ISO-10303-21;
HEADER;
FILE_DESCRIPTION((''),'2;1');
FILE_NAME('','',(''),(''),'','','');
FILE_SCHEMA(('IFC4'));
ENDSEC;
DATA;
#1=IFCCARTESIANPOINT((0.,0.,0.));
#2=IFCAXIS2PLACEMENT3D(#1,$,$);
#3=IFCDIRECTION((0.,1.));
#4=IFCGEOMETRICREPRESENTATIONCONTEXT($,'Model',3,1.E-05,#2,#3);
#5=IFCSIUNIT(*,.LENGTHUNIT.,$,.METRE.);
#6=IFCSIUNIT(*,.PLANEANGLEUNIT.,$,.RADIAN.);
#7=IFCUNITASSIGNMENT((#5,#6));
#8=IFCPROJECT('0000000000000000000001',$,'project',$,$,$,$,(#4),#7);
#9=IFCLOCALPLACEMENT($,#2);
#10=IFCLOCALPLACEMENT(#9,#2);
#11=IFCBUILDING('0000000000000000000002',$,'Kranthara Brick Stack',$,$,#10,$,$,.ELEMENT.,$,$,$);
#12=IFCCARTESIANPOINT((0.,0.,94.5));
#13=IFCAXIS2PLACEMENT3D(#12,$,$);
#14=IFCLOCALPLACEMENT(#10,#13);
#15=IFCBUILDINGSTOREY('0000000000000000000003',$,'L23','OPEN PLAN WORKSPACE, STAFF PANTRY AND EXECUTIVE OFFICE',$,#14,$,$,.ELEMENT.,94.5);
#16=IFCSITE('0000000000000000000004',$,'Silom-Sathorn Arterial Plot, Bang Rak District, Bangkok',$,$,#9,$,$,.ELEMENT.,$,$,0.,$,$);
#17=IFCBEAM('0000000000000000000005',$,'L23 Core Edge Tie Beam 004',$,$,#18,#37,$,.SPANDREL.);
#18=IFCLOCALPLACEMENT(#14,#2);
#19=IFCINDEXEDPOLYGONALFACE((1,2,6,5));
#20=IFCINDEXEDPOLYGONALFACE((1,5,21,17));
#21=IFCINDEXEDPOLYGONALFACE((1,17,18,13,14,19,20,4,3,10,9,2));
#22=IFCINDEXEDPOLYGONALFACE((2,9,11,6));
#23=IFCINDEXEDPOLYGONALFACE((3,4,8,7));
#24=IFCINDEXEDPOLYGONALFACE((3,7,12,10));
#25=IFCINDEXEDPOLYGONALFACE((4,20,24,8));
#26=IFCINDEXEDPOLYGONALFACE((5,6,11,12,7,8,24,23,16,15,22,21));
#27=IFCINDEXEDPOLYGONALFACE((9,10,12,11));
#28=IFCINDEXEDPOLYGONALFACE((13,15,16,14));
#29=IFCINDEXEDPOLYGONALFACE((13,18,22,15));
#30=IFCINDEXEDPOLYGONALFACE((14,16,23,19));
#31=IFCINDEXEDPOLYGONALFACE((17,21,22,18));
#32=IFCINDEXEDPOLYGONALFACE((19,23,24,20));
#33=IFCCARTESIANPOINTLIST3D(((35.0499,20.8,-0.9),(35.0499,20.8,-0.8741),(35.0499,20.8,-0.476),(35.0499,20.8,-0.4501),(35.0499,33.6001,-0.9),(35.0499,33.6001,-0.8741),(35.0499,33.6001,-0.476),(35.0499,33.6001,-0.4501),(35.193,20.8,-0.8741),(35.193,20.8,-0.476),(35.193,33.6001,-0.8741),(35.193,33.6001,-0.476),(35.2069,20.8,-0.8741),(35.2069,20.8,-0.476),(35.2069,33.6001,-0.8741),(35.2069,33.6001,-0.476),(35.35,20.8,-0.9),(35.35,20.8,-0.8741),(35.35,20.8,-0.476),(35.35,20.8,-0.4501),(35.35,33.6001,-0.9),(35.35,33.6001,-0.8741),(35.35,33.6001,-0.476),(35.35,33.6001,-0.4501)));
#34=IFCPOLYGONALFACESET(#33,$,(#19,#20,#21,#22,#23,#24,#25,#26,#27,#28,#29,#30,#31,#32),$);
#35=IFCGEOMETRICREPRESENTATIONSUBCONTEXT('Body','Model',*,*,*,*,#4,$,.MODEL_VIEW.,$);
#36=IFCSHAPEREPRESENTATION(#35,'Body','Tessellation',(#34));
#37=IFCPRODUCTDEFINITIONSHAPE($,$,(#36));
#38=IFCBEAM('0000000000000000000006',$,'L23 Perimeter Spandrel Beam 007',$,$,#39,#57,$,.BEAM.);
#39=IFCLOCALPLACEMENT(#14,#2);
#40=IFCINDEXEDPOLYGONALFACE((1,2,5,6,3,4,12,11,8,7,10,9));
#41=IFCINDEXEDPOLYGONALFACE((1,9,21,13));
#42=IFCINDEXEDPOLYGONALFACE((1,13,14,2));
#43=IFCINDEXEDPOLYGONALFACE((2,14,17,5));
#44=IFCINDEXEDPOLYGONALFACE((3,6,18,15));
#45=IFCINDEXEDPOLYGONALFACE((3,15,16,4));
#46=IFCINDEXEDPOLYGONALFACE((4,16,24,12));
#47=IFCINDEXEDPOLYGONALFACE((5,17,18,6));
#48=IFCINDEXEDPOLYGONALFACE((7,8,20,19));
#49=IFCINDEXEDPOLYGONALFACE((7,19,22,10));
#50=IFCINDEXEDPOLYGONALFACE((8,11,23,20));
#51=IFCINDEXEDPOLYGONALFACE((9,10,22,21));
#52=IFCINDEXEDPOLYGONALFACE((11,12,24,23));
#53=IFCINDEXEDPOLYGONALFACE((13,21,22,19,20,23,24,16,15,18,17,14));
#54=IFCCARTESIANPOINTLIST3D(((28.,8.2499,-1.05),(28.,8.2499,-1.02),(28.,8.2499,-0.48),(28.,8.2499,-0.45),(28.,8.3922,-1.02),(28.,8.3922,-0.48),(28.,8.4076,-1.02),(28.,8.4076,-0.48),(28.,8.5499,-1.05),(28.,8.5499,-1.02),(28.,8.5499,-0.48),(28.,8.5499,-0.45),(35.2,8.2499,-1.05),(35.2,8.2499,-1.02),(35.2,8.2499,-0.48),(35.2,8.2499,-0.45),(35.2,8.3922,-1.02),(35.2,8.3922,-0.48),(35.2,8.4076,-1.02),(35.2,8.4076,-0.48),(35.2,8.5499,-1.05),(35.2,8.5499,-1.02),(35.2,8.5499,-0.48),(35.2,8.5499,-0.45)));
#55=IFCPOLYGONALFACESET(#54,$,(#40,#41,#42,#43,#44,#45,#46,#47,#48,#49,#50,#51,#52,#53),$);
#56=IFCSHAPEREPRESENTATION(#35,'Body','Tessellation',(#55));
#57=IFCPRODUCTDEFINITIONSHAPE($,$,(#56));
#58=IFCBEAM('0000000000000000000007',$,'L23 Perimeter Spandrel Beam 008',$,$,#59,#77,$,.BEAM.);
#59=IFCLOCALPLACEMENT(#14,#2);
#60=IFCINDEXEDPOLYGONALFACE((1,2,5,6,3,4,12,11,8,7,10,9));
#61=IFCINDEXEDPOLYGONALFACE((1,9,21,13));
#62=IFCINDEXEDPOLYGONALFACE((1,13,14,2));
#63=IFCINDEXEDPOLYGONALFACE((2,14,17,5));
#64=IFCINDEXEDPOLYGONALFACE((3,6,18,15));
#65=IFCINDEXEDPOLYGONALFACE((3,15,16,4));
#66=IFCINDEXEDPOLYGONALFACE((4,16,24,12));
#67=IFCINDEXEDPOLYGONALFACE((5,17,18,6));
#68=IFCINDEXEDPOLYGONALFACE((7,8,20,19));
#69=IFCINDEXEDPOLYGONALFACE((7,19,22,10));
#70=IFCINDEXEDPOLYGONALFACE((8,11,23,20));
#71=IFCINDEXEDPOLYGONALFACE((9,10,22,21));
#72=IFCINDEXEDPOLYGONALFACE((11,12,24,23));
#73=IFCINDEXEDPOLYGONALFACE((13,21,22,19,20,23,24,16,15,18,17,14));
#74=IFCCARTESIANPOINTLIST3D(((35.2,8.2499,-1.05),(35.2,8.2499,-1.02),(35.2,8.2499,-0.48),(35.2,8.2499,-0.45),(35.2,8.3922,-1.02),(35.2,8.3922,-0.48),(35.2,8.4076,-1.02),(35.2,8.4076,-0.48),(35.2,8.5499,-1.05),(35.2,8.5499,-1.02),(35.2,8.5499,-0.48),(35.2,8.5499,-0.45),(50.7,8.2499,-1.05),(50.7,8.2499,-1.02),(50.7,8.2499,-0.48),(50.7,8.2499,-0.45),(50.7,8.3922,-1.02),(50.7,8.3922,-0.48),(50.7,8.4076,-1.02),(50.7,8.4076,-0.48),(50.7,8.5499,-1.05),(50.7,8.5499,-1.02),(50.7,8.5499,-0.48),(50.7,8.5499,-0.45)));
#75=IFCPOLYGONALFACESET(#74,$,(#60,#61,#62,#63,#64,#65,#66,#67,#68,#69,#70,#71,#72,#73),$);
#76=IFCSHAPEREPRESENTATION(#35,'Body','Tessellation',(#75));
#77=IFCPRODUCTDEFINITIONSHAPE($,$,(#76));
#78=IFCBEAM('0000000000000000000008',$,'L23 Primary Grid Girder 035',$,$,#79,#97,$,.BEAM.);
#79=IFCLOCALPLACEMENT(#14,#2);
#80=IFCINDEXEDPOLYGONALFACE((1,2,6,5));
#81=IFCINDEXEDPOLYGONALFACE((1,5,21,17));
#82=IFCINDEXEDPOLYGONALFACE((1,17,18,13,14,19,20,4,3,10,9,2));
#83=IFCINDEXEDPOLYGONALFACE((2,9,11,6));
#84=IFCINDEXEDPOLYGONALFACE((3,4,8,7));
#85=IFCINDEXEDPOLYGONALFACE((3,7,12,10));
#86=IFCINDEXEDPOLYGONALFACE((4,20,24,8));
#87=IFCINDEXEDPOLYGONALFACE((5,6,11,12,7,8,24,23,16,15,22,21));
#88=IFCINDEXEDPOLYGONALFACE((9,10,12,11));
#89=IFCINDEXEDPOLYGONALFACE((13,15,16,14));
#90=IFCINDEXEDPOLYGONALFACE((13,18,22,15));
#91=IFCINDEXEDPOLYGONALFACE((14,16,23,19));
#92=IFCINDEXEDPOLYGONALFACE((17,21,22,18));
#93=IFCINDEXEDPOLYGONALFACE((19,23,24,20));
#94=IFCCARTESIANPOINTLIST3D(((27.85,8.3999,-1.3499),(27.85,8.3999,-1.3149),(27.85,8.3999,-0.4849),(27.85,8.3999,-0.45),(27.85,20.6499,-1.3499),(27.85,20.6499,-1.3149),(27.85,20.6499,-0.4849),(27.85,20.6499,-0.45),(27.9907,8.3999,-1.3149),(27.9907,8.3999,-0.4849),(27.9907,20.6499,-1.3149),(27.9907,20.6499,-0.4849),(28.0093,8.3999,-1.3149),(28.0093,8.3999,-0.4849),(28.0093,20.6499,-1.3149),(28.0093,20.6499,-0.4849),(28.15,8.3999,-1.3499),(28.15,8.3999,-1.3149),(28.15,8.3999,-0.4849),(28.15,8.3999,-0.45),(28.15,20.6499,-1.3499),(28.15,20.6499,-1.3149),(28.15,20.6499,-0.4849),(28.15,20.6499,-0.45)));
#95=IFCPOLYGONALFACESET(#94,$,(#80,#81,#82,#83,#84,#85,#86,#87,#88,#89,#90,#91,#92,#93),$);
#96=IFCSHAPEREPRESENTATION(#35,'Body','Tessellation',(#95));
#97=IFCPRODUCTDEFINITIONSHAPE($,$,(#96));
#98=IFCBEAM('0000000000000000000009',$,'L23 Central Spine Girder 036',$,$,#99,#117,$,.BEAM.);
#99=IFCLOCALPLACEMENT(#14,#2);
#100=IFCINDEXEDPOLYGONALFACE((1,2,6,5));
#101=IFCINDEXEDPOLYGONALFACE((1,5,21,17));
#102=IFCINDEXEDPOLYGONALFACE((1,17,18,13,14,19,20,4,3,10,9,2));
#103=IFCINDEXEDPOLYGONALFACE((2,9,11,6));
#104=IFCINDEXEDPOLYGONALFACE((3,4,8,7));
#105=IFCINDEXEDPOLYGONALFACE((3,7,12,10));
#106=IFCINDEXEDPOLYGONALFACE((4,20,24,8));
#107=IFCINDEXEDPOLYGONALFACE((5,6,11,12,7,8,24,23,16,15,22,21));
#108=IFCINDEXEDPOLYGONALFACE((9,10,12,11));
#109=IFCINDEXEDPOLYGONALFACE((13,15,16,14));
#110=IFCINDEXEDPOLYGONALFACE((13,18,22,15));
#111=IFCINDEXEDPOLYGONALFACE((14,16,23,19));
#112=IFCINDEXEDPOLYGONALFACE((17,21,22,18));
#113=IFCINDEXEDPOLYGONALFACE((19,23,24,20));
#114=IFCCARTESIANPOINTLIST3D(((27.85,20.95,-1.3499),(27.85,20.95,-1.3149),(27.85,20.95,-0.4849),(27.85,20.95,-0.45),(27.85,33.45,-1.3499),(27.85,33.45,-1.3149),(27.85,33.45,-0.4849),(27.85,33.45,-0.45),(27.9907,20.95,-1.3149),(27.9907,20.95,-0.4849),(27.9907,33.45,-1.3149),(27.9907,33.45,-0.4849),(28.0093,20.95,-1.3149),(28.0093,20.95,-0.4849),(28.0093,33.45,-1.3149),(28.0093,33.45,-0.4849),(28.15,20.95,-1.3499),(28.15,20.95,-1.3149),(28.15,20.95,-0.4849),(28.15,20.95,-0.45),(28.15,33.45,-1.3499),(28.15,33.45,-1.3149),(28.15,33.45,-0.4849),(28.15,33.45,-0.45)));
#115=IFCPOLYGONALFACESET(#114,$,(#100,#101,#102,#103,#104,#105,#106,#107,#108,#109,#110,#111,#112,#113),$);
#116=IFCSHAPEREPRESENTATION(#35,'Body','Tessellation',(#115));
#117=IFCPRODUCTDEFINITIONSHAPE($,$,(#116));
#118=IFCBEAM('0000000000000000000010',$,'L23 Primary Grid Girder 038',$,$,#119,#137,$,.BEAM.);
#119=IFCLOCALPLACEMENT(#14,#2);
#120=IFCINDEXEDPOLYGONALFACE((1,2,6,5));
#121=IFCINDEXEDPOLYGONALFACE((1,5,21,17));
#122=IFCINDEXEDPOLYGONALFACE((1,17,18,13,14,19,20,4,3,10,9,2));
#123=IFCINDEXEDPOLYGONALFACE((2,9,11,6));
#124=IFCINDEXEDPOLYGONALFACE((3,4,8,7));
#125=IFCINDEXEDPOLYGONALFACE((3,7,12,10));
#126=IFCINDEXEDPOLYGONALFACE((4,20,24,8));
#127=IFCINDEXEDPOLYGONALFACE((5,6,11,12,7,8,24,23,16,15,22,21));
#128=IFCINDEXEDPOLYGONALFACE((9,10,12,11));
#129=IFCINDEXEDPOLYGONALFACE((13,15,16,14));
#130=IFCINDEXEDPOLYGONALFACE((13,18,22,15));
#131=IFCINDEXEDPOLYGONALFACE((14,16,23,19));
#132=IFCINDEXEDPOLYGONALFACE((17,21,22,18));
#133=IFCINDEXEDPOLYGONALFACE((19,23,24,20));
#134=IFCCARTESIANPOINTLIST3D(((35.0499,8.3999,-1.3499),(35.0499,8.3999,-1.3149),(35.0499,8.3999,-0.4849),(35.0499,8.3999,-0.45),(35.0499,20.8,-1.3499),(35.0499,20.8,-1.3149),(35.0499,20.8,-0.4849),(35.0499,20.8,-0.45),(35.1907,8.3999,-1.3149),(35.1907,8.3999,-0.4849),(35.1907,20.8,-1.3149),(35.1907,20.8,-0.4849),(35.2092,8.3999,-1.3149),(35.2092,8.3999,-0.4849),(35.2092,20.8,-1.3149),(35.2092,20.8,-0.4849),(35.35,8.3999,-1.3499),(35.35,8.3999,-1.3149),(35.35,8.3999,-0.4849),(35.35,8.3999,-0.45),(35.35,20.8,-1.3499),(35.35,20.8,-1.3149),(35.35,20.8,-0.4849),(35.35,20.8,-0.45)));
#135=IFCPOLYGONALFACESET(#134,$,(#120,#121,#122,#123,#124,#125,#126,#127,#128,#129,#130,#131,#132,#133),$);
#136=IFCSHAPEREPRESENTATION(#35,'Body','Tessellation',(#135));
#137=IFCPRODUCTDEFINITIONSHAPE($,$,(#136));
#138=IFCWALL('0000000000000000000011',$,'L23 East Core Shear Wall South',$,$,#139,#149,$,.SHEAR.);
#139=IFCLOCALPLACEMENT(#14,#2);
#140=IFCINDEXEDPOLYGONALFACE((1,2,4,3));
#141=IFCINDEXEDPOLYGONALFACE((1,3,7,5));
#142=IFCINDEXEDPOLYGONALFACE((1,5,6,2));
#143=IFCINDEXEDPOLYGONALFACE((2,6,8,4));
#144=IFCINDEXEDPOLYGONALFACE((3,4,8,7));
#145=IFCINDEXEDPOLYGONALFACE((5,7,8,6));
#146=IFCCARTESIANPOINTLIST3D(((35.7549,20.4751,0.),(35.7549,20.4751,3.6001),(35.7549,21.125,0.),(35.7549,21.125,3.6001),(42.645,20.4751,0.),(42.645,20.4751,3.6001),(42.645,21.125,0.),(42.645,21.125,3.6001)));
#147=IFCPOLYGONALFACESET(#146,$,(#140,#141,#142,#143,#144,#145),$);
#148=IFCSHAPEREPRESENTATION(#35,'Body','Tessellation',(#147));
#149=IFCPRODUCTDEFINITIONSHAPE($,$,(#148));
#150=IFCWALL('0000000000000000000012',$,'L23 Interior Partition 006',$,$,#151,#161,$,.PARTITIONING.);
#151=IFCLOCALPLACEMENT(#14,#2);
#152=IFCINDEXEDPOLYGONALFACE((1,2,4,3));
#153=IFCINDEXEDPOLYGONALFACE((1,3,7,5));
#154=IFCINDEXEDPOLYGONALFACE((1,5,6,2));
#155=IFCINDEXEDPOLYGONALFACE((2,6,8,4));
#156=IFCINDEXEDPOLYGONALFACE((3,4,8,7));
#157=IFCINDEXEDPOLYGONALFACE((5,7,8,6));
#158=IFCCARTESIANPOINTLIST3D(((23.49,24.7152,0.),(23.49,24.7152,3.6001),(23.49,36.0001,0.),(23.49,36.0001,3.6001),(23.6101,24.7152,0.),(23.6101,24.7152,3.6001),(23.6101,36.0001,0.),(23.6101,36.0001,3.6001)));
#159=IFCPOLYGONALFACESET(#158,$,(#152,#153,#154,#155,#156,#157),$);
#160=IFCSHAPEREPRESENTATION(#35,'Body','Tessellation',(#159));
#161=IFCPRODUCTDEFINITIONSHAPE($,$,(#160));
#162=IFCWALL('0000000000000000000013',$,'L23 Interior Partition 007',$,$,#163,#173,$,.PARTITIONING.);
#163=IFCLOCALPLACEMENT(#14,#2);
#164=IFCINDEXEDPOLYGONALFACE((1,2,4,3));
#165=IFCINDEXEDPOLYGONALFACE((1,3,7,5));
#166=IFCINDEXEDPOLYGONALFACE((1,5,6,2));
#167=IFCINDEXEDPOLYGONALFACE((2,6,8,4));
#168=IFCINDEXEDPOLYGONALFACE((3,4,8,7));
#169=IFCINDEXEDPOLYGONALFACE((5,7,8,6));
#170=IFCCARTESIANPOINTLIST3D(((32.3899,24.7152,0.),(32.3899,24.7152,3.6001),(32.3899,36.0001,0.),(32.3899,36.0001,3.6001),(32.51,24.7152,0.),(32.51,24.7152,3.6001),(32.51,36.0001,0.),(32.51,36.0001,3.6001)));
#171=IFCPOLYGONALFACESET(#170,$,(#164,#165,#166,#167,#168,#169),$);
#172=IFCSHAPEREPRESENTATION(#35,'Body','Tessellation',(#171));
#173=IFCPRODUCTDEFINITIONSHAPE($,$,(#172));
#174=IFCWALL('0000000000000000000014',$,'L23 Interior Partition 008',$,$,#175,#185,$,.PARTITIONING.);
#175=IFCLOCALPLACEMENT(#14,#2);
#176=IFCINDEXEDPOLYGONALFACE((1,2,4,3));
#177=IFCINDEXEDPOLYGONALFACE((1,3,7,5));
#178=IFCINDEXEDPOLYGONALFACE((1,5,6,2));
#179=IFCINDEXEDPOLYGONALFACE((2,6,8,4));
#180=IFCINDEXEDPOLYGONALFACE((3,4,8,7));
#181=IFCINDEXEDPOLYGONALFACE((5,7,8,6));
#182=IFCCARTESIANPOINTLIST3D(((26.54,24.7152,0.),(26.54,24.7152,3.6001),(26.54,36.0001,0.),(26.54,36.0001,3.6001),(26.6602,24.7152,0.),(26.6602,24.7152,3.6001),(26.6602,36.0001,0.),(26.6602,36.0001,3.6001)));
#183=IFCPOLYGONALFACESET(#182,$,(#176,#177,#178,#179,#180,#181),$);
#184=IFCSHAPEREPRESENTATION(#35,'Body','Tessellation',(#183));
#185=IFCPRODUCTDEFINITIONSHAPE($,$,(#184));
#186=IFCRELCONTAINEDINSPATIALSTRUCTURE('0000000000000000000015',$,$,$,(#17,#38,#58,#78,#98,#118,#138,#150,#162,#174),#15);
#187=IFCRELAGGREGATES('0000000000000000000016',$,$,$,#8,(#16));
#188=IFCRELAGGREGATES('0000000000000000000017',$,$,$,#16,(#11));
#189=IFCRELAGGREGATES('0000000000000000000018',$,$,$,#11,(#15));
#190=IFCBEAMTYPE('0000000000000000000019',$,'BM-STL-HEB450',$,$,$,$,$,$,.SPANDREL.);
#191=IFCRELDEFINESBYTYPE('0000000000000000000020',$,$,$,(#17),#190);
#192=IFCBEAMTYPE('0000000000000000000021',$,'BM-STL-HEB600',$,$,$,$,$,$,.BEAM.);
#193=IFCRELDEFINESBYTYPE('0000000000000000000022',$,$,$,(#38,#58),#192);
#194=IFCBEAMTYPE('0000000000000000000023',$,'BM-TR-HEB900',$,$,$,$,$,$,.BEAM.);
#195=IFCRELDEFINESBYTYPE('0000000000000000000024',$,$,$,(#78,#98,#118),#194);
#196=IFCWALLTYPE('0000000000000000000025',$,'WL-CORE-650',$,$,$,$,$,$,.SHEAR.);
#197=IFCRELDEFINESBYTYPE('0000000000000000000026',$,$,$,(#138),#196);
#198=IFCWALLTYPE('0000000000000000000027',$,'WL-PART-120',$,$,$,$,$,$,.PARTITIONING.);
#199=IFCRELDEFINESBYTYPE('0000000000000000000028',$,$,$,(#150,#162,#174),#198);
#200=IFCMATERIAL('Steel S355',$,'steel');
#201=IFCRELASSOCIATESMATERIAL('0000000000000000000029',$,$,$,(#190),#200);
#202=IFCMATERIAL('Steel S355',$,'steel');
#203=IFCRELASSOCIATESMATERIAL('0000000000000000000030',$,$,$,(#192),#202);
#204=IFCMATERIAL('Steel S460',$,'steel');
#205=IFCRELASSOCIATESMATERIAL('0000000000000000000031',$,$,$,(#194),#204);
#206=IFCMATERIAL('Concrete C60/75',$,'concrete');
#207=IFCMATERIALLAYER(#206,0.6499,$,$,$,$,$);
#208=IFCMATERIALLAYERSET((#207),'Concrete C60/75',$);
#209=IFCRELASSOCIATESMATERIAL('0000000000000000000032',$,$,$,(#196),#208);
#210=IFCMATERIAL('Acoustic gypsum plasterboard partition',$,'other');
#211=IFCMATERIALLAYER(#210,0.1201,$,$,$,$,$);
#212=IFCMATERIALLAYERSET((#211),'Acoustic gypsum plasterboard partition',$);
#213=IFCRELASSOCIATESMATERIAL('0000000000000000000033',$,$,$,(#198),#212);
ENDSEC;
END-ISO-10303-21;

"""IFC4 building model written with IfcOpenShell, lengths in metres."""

from ifc_helpers import new_model, si_unit, direction, frame, frame_2d, origin, origin_2d, place, context, subcontext, project, spatial, rectangle, i_section, extrude, material, layer, layer_set, material_profile, profile_set, type_object, element, save


model = new_model("IFC4")

# Units and contexts
model_context = context("Model", 3, precision=1e-05, world=origin(), true_north=direction((0.0, 1.0)))
body_context = subcontext(model_context, "Body", "Model", "MODEL_VIEW")
ifc_project = project(units=[si_unit("LENGTHUNIT", "METRE"), si_unit("PLANEANGLEUNIT", "RADIAN")], contexts=[model_context])

# Site, building, storey
site_placement = place(None, origin())
site = spatial("IfcSite", under=ifc_project, at=site_placement, Name="Silom-Sathorn Arterial Plot, Bang Rak District, Bangkok", CompositionType="ELEMENT", RefElevation=0.0)
building_placement = place(site_placement, origin())
building = spatial("IfcBuilding", under=site, at=building_placement, Name="Kranthara Brick Stack", CompositionType="ELEMENT")
storey_placement = place(building_placement, frame((0.0, 0.0, 94.5)))
storey = spatial("IfcBuildingStorey", under=building, at=storey_placement, Name="L23", Description="OPEN PLAN WORKSPACE, STAFF PANTRY AND EXECUTIVE OFFICE", CompositionType="ELEMENT", Elevation=94.5)

# Beams
ifc_material_1 = material(Name="Steel S355", Category="steel")
ifc_material_profile_1 = material_profile(ifc_material_1, i_section(OverallWidth=0.3, OverallDepth=0.45, WebThickness=0.0139, FlangeThickness=0.0259, at=origin_2d()), Name="HEB 450")
ifc_profile_set_1 = profile_set([ifc_material_profile_1], Name="Steel S355")
beam_type_1 = type_object("IfcBeamType", Name="BM-STL-HEB450", PredefinedType="SPANDREL", material=ifc_profile_set_1)
beam_1_placement = place(storey_placement, frame((35.2, 20.8, -0.675), z_axis=(0.0, 1.0, 0.0), x_axis=(-1.0, 0.0, 0.0)))
element("IfcBeam", 1, at=beam_1_placement, inside=storey, type_object=beam_type_1, Name="L23 Core Edge Tie Beam 004", PredefinedType="SPANDREL", context=body_context, shape_type="SweptSolid", body=[
    extrude(i_section(OverallWidth=0.3, OverallDepth=0.45, WebThickness=0.0139, FlangeThickness=0.0259, at=origin_2d()), origin(), (0.0, 0.0, 1.0), 12.8),
])
ifc_material_2 = material(Name="Steel S355", Category="steel")
ifc_material_profile_2 = material_profile(ifc_material_2, i_section(OverallWidth=0.3, OverallDepth=0.6001, WebThickness=0.0154, FlangeThickness=0.03, at=origin_2d()), Name="HEB 600")
ifc_profile_set_2 = profile_set([ifc_material_profile_2], Name="Steel S355")
beam_type_2 = type_object("IfcBeamType", Name="BM-STL-HEB600", PredefinedType="BEAM", material=ifc_profile_set_2)
beam_2_placement = place(storey_placement, frame((28.0, 8.3999, -0.75), z_axis=(1.0, 0.0, 0.0), x_axis=(0.0, 1.0, 0.0)))
element("IfcBeam", 2, at=beam_2_placement, inside=storey, type_object=beam_type_2, Name="L23 Perimeter Spandrel Beam 007", PredefinedType="BEAM", context=body_context, shape_type="SweptSolid", body=[
    extrude(i_section(OverallWidth=0.3, OverallDepth=0.6001, WebThickness=0.0154, FlangeThickness=0.03, at=origin_2d()), origin(), (0.0, 0.0, 1.0), 7.2),
])
beam_3_placement = place(storey_placement, frame((35.2, 8.3999, -0.75), z_axis=(1.0, 0.0, 0.0), x_axis=(0.0, 1.0, 0.0)))
element("IfcBeam", 3, at=beam_3_placement, inside=storey, type_object=beam_type_2, Name="L23 Perimeter Spandrel Beam 008", PredefinedType="BEAM", context=body_context, shape_type="SweptSolid", body=[
    extrude(i_section(OverallWidth=0.3, OverallDepth=0.6001, WebThickness=0.0154, FlangeThickness=0.03, at=origin_2d()), origin(), (0.0, 0.0, 1.0), 15.5),
])
ifc_material_3 = material(Name="Steel S460", Category="steel")
ifc_material_profile_3 = material_profile(ifc_material_3, i_section(OverallWidth=0.3, OverallDepth=0.8999, WebThickness=0.0186, FlangeThickness=0.0349, at=origin_2d()), Name="HEB 900")
ifc_profile_set_3 = profile_set([ifc_material_profile_3], Name="Steel S460")
beam_type_3 = type_object("IfcBeamType", Name="BM-TR-HEB900", PredefinedType="BEAM", material=ifc_profile_set_3)
beam_4_placement = place(storey_placement, frame((28.0, 8.3999, -0.8999), z_axis=(0.0, 1.0, 0.0), x_axis=(-1.0, 0.0, 0.0)))
element("IfcBeam", 4, at=beam_4_placement, inside=storey, type_object=beam_type_3, Name="L23 Primary Grid Girder 035", PredefinedType="BEAM", context=body_context, shape_type="SweptSolid", body=[
    extrude(i_section(OverallWidth=0.3, OverallDepth=0.8999, WebThickness=0.0186, FlangeThickness=0.0349, at=origin_2d()), origin(), (0.0, 0.0, 1.0), 12.25),
])
beam_5_placement = place(storey_placement, frame((28.0, 20.95, -0.8999), z_axis=(0.0, 1.0, 0.0), x_axis=(-1.0, 0.0, 0.0)))
element("IfcBeam", 5, at=beam_5_placement, inside=storey, type_object=beam_type_3, Name="L23 Central Spine Girder 036", PredefinedType="BEAM", context=body_context, shape_type="SweptSolid", body=[
    extrude(i_section(OverallWidth=0.3, OverallDepth=0.8999, WebThickness=0.0186, FlangeThickness=0.0349, at=origin_2d()), origin(), (0.0, 0.0, 1.0), 12.5),
])
beam_6_placement = place(storey_placement, frame((35.2, 8.3999, -0.8999), z_axis=(0.0, 1.0, 0.0), x_axis=(-1.0, 0.0, 0.0)))
element("IfcBeam", 6, at=beam_6_placement, inside=storey, type_object=beam_type_3, Name="L23 Primary Grid Girder 038", PredefinedType="BEAM", context=body_context, shape_type="SweptSolid", body=[
    extrude(i_section(OverallWidth=0.3, OverallDepth=0.8999, WebThickness=0.0186, FlangeThickness=0.0349, at=origin_2d()), origin(), (0.0, 0.0, 1.0), 12.4001),
])

# Wall
ifc_material_4 = material(Name="Concrete C60/75", Category="concrete")
ifc_layer_1 = layer(ifc_material_4, 0.6499)
ifc_layer_set_1 = layer_set([ifc_layer_1], Name="Concrete C60/75")
wall_type_1 = type_object("IfcWallType", Name="WL-CORE-650", PredefinedType="SHEAR", material=ifc_layer_set_1)
wall_1_placement = place(storey_placement, frame((35.7549, 20.8, 0.0), z_axis=(0.0, 0.0, 1.0), x_axis=(1.0, 0.0, 0.0)))
element("IfcWall", 7, at=wall_1_placement, inside=storey, type_object=wall_type_1, Name="L23 East Core Shear Wall South", PredefinedType="SHEAR", context=body_context, shape_type="SweptSolid", body=[
    extrude(rectangle(XDim=6.8901, YDim=0.6499, at=frame_2d((3.4451, 0.0))), origin(), (0.0, 0.0, 1.0), 3.6001),
])

# Walls
ifc_material_5 = material(Name="Acoustic gypsum plasterboard partition", Category="other")
ifc_layer_2 = layer(ifc_material_5, 0.1201)
ifc_layer_set_2 = layer_set([ifc_layer_2], Name="Acoustic gypsum plasterboard partition")
wall_type_2 = type_object("IfcWallType", Name="WL-PART-120", PredefinedType="PARTITIONING", material=ifc_layer_set_2)
for number, where, z_axis, x_axis, name in (
    (8, (23.55, 24.7151, 0.0), (0.0, 0.0, 1.0), (0.0, 1.0, 0.0), "L23 Interior Partition 006"),
    (9, (32.45, 24.7151, 0.0), (0.0, 0.0, 1.0), (0.0, 1.0, 0.0), "L23 Interior Partition 007"),
    (10, (26.6001, 24.7151, 0.0), (0.0, 0.0, 1.0), (0.0, 1.0, 0.0), "L23 Interior Partition 008"),
):
    element("IfcWall", number, at=place(storey_placement, frame(where, z_axis=z_axis, x_axis=x_axis)), inside=storey, type_object=wall_type_2, Name=name, PredefinedType="PARTITIONING", context=body_context, shape_type="SweptSolid", body=[
        extrude(rectangle(XDim=11.2849, YDim=0.1201, at=frame_2d((5.6426, 0.0))), origin(), (0.0, 0.0, 1.0), 3.6001),
    ])

save(model, "model.ifc")
